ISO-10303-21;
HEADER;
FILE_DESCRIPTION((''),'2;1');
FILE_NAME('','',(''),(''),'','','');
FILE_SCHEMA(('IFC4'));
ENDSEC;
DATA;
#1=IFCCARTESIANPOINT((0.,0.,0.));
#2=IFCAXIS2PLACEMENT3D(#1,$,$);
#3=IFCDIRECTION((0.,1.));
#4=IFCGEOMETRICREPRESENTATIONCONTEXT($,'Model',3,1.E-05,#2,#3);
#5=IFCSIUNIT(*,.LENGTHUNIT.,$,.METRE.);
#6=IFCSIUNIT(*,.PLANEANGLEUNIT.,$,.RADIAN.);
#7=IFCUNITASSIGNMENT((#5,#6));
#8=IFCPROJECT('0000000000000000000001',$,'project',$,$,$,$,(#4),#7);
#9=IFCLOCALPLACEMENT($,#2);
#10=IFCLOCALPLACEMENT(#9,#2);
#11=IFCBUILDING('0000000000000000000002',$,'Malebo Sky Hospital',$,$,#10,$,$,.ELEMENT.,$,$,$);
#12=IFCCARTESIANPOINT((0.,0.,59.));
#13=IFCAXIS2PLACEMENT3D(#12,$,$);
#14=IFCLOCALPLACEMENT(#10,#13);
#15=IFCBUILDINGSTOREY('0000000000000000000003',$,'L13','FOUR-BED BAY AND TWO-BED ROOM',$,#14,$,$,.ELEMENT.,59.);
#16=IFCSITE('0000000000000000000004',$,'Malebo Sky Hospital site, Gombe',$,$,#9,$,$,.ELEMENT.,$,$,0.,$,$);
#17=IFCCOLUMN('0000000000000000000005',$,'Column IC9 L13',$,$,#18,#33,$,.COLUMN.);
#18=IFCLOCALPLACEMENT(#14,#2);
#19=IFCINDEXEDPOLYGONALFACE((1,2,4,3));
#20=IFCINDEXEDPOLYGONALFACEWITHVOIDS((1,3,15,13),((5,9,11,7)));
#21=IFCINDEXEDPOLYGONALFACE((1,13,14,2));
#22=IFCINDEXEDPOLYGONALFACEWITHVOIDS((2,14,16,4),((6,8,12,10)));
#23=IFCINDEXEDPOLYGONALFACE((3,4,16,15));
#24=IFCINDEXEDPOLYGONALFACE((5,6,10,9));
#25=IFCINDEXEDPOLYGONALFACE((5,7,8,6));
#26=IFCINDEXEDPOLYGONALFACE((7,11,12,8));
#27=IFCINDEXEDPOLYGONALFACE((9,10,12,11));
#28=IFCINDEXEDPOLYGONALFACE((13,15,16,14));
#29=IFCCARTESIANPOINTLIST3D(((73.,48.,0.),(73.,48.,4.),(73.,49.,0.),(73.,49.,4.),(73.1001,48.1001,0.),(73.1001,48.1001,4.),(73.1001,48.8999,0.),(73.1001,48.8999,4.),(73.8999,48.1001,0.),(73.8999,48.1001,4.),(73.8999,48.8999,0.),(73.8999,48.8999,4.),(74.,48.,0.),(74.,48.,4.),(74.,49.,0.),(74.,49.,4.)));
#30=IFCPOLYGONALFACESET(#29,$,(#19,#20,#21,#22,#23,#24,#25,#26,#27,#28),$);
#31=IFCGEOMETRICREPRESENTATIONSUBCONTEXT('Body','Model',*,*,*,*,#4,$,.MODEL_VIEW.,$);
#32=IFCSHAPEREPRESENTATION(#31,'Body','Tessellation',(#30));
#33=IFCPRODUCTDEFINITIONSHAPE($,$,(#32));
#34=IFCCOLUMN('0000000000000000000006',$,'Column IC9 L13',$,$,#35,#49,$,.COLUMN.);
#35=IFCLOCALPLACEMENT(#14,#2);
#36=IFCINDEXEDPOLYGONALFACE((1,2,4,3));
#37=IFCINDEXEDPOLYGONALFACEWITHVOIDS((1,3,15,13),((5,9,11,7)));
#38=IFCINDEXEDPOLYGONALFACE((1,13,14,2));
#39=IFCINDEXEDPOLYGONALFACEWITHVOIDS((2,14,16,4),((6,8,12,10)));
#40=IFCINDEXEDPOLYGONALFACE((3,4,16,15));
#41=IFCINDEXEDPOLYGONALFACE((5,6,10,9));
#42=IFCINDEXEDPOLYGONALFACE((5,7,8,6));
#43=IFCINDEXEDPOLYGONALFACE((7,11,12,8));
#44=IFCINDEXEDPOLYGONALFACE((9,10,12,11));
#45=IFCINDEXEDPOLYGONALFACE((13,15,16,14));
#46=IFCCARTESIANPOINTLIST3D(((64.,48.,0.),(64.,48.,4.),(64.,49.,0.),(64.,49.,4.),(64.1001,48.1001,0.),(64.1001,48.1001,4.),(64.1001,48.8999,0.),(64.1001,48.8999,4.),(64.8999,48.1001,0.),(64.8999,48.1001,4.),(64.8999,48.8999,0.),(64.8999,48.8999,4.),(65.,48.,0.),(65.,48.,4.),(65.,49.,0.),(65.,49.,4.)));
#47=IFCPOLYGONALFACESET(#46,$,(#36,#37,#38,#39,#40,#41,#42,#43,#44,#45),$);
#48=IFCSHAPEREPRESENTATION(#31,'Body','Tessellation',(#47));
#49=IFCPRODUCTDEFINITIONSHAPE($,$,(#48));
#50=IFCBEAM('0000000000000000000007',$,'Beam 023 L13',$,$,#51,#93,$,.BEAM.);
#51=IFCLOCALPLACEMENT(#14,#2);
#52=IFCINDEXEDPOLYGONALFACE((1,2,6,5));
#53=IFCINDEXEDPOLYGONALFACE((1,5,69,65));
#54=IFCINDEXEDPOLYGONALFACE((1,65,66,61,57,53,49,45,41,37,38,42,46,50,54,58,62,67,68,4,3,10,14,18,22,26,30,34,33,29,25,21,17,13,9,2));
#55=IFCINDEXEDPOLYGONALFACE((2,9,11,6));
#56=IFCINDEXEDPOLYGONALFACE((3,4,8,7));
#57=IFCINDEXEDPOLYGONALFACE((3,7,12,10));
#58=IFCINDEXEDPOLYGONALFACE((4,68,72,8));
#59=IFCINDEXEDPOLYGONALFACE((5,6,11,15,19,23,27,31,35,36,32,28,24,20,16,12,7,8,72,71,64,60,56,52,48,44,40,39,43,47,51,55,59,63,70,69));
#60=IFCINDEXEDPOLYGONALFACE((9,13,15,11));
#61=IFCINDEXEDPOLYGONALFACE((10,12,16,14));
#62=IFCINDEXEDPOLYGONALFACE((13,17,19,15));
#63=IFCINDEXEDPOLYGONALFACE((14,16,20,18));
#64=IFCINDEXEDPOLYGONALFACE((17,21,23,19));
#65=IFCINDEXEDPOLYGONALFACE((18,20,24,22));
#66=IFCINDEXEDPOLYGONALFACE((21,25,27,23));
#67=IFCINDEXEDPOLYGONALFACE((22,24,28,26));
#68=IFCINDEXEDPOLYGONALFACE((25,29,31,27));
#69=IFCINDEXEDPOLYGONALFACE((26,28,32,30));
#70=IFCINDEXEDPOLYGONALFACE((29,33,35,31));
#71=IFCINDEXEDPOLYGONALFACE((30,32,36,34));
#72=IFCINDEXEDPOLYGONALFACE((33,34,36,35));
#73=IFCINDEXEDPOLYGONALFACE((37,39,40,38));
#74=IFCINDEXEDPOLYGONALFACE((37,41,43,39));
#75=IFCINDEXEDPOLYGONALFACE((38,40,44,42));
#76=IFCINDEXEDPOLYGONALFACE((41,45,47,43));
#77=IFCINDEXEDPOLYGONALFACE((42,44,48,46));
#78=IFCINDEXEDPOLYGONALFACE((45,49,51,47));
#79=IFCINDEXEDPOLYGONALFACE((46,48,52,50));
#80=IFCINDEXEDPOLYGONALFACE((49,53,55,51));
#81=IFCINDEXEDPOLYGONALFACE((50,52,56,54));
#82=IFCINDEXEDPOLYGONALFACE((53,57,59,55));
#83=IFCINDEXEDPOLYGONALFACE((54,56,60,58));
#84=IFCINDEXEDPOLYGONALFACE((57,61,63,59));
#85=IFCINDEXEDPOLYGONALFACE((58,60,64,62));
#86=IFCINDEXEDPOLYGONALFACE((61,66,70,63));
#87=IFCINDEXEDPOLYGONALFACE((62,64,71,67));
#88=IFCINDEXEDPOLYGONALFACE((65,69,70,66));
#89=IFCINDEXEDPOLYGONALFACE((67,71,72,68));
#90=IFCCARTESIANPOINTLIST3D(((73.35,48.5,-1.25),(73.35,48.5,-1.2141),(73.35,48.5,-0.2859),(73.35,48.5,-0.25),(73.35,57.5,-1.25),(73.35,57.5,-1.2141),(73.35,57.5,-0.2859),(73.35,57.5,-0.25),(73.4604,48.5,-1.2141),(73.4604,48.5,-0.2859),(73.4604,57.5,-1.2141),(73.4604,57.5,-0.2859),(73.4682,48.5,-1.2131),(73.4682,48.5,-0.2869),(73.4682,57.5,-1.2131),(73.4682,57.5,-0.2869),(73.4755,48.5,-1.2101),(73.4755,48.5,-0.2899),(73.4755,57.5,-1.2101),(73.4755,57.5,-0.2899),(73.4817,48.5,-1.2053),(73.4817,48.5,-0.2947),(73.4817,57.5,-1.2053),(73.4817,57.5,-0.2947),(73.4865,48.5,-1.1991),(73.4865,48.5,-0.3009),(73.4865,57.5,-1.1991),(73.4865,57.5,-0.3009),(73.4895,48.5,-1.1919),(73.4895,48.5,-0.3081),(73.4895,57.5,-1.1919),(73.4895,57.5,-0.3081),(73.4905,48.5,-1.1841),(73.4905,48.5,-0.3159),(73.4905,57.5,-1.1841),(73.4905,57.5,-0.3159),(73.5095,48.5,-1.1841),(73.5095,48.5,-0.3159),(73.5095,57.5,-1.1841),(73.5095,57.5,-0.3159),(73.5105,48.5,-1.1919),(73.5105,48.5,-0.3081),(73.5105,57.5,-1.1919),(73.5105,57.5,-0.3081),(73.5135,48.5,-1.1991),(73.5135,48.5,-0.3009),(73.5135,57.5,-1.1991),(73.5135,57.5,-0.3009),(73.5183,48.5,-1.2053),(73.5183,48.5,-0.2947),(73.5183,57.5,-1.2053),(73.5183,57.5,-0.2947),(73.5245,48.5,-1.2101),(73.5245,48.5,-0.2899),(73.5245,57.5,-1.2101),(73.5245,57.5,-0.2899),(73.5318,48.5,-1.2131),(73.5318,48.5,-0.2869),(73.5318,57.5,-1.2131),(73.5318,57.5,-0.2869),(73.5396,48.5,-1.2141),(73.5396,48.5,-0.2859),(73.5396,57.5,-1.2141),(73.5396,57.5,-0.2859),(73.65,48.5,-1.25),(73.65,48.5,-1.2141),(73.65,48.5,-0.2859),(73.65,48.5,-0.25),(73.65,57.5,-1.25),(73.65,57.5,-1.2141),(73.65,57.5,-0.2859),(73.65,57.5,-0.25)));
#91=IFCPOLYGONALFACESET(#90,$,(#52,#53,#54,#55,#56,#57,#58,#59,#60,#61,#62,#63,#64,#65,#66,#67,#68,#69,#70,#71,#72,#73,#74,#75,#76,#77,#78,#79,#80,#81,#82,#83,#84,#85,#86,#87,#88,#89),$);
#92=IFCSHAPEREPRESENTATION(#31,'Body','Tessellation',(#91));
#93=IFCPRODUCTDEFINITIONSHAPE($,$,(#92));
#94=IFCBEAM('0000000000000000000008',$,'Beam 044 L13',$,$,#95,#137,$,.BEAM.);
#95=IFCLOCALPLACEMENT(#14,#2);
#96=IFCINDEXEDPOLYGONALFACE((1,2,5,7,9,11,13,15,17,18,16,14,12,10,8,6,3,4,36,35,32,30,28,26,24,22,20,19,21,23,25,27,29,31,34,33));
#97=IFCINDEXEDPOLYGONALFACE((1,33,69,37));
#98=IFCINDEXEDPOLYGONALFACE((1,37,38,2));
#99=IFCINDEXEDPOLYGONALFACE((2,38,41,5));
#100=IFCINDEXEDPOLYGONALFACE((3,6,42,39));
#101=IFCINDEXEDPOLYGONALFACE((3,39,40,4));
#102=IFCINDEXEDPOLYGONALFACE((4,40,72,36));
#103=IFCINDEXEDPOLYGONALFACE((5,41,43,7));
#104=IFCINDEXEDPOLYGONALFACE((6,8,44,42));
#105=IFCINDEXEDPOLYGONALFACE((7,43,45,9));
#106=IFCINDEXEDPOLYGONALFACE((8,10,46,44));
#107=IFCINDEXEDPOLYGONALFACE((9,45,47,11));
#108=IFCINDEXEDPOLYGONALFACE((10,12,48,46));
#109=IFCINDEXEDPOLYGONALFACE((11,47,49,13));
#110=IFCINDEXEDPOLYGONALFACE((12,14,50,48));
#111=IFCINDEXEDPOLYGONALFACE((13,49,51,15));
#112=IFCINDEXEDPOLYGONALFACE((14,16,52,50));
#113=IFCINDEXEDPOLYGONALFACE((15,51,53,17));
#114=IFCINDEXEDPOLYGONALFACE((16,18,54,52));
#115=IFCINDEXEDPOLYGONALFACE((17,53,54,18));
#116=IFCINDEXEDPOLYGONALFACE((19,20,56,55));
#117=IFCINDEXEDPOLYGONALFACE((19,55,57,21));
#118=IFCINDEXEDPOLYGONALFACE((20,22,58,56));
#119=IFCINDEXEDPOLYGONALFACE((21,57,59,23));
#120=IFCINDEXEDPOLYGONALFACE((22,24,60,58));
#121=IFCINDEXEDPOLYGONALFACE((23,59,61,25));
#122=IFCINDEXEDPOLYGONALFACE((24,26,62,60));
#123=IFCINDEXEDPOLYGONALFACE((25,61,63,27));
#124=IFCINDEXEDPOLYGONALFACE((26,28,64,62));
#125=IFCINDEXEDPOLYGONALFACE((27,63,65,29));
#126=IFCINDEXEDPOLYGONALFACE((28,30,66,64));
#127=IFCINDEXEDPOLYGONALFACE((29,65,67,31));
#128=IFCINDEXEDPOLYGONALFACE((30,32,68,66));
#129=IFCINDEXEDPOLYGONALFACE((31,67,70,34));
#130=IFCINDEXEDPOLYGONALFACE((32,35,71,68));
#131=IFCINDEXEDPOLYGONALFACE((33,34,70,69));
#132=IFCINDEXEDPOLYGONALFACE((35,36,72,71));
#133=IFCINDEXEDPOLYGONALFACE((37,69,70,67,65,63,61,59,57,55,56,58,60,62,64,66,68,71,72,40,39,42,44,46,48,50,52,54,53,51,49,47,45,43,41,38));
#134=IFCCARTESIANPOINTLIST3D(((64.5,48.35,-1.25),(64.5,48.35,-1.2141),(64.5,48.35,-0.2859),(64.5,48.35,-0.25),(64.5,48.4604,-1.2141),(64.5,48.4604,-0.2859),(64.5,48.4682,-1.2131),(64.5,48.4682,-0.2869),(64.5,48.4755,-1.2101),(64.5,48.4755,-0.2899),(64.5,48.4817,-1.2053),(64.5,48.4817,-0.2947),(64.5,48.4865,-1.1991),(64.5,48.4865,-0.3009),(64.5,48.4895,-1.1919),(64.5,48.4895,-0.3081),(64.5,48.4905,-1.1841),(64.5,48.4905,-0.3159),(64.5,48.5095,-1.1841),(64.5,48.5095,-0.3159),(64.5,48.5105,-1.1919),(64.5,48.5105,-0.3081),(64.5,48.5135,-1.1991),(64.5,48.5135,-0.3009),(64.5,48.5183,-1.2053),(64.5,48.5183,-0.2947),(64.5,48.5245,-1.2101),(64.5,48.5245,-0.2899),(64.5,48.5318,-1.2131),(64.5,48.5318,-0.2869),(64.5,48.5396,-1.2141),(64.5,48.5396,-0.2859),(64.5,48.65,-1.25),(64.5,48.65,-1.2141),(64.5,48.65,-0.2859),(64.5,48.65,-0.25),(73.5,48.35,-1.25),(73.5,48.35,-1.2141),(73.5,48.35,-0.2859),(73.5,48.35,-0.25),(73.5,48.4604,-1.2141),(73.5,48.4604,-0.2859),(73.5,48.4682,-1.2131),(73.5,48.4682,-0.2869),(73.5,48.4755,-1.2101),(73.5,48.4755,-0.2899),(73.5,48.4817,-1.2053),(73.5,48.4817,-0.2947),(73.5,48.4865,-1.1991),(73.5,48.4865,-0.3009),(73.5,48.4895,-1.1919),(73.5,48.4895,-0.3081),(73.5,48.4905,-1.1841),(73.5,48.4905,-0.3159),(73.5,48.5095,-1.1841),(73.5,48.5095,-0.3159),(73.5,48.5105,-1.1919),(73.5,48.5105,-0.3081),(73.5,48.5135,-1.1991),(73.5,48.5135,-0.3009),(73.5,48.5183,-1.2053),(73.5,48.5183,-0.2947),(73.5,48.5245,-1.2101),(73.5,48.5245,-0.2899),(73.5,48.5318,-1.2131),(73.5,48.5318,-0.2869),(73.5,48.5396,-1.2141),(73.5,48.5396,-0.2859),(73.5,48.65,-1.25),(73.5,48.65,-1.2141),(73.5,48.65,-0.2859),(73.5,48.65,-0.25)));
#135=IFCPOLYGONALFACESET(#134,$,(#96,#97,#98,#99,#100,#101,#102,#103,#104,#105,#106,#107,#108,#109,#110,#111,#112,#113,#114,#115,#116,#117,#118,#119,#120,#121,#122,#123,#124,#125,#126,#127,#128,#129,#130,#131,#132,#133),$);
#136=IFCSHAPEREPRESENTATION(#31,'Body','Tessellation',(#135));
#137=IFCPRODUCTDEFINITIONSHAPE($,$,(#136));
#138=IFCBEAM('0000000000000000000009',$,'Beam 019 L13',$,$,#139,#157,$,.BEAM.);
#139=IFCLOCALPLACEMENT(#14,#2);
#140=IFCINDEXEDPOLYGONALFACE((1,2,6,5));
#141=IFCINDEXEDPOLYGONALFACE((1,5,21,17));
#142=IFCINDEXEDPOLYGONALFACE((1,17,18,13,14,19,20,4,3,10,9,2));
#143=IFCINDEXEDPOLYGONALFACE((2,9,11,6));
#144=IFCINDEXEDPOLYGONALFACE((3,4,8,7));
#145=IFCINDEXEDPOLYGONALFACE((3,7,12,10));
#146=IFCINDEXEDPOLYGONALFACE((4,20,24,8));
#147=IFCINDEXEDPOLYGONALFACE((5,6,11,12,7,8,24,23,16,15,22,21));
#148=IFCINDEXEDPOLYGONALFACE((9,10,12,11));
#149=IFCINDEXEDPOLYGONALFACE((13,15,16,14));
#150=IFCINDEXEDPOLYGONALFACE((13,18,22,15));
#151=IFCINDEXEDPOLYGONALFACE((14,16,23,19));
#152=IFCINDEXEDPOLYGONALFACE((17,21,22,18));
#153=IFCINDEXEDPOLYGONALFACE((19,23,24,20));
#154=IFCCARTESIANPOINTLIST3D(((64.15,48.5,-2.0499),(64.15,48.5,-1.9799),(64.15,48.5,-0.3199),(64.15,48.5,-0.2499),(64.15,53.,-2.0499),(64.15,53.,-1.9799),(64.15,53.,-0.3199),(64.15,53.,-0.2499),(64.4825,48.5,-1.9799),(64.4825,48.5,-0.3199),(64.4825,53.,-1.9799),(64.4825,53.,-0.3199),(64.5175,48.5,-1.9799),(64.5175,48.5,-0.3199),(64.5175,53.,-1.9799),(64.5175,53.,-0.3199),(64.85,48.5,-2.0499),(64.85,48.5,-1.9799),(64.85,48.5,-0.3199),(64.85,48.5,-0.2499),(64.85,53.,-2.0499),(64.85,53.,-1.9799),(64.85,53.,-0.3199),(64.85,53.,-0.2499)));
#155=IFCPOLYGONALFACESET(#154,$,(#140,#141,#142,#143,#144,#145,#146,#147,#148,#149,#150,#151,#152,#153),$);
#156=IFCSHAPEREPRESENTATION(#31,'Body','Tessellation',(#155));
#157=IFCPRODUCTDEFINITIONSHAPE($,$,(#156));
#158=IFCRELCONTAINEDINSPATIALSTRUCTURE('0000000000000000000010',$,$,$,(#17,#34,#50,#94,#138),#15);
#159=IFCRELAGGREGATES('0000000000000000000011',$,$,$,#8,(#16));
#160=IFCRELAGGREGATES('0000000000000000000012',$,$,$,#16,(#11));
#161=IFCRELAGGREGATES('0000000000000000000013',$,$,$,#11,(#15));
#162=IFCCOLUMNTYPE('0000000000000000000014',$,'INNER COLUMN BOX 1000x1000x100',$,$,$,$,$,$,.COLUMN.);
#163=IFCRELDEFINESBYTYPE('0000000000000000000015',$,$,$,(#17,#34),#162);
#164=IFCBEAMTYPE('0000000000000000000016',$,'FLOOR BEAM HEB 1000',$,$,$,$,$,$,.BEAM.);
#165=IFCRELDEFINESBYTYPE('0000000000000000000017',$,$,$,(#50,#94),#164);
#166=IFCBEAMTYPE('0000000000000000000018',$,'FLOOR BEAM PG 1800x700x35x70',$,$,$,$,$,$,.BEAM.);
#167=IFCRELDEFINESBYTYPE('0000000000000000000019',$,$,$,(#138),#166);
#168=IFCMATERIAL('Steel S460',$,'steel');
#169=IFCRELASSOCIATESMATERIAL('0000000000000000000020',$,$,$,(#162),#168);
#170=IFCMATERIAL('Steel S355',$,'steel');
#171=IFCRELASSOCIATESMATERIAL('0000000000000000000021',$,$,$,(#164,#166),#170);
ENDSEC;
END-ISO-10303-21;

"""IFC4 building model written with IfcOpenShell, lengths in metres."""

from ifc_helpers import new_model, si_unit, direction, frame, origin, origin_2d, place, context, subcontext, project, spatial, hollow_rectangle, i_section, extrude, material, material_profile, profile_set, type_object, element, save


model = new_model("IFC4")

# Units and contexts
model_context = context("Model", 3, precision=1e-05, world=origin(), true_north=direction((0.0, 1.0)))
body_context = subcontext(model_context, "Body", "Model", "MODEL_VIEW")
ifc_project = project(units=[si_unit("LENGTHUNIT", "METRE"), si_unit("PLANEANGLEUNIT", "RADIAN")], contexts=[model_context])

# Site, building, storey
site_placement = place(None, origin())
site = spatial("IfcSite", under=ifc_project, at=site_placement, Name="Malebo Sky Hospital site, Gombe", CompositionType="ELEMENT", RefElevation=0.0)
building_placement = place(site_placement, origin())
building = spatial("IfcBuilding", under=site, at=building_placement, Name="Malebo Sky Hospital", CompositionType="ELEMENT")
storey_placement = place(building_placement, frame((0.0, 0.0, 59.0)))
storey = spatial("IfcBuildingStorey", under=building, at=storey_placement, Name="L13", Description="FOUR-BED BAY AND TWO-BED ROOM", CompositionType="ELEMENT", Elevation=59.0)

# Columns
ifc_material_1 = material(Name="Steel S460", Category="steel")
ifc_material_profile_1 = material_profile(ifc_material_1, hollow_rectangle(XDim=1.0, YDim=1.0, WallThickness=0.1001, at=origin_2d()), Name="BOX 1000x1000x100")
ifc_profile_set_1 = profile_set([ifc_material_profile_1], Name="Steel S460")
column_type = type_object("IfcColumnType", Name="INNER COLUMN BOX 1000x1000x100", PredefinedType="COLUMN", material=ifc_profile_set_1)
for number, where, z_axis, x_axis, name in (
    (1, (73.5, 48.5, 0.0), (0.0, 0.0, 1.0), (1.0, 0.0, 0.0), "Column IC9 L13"),
    (2, (64.5, 48.5, 0.0), (0.0, 0.0, 1.0), (1.0, 0.0, 0.0), "Column IC9 L13"),
):
    element("IfcColumn", number, at=place(storey_placement, frame(where, z_axis=z_axis, x_axis=x_axis)), inside=storey, type_object=column_type, Name=name, PredefinedType="COLUMN", context=body_context, shape_type="SweptSolid", body=[
        extrude(hollow_rectangle(XDim=1.0, YDim=1.0, WallThickness=0.1001, at=origin_2d()), origin(), (0.0, 0.0, 1.0), 4.0),
    ])

# Beams
ifc_material_2 = material(Name="Steel S355", Category="steel")
ifc_material_profile_2 = material_profile(ifc_material_2, i_section(OverallWidth=0.3, OverallDepth=1.0, WebThickness=0.019, FlangeThickness=0.0359, FilletRadius=0.03, at=origin_2d()), Name="HEB 1000")
ifc_profile_set_2 = profile_set([ifc_material_profile_2], Name="Steel S355")
beam_type_1 = type_object("IfcBeamType", Name="FLOOR BEAM HEB 1000", PredefinedType="BEAM", material=ifc_profile_set_2)
for number, where, z_axis, x_axis, name in (
    (3, (73.5, 48.5, -0.75), (0.0, 1.0, 0.0), (-1.0, 0.0, 0.0), "Beam 023 L13"),
    (4, (64.5, 48.5, -0.75), (1.0, 0.0, 0.0), (0.0, 1.0, 0.0), "Beam 044 L13"),
):
    element("IfcBeam", number, at=place(storey_placement, frame(where, z_axis=z_axis, x_axis=x_axis)), inside=storey, type_object=beam_type_1, Name=name, PredefinedType="BEAM", context=body_context, shape_type="SweptSolid", body=[
        extrude(i_section(OverallWidth=0.3, OverallDepth=1.0, WebThickness=0.019, FlangeThickness=0.0359, FilletRadius=0.03, at=origin_2d()), origin(), (0.0, 0.0, 1.0), 9.0),
    ])
ifc_material_profile_3 = material_profile(ifc_material_2, i_section(OverallWidth=0.7, OverallDepth=1.8, WebThickness=0.0349, FlangeThickness=0.0701, at=origin_2d()), Name="PG 1800x700x35x70")
ifc_profile_set_3 = profile_set([ifc_material_profile_3], Name="Steel S355")
beam_type_2 = type_object("IfcBeamType", Name="FLOOR BEAM PG 1800x700x35x70", PredefinedType="BEAM", material=ifc_profile_set_3)
beam_1_placement = place(storey_placement, frame((64.5, 48.5, -1.1499), z_axis=(0.0, 1.0, 0.0), x_axis=(-1.0, 0.0, 0.0)))
element("IfcBeam", 5, at=beam_1_placement, inside=storey, type_object=beam_type_2, Name="Beam 019 L13", PredefinedType="BEAM", context=body_context, shape_type="SweptSolid", body=[
    extrude(i_section(OverallWidth=0.7, OverallDepth=1.8, WebThickness=0.0349, FlangeThickness=0.0701, at=origin_2d()), origin(), (0.0, 0.0, 1.0), 4.5),
])

save(model, "model.ifc")
